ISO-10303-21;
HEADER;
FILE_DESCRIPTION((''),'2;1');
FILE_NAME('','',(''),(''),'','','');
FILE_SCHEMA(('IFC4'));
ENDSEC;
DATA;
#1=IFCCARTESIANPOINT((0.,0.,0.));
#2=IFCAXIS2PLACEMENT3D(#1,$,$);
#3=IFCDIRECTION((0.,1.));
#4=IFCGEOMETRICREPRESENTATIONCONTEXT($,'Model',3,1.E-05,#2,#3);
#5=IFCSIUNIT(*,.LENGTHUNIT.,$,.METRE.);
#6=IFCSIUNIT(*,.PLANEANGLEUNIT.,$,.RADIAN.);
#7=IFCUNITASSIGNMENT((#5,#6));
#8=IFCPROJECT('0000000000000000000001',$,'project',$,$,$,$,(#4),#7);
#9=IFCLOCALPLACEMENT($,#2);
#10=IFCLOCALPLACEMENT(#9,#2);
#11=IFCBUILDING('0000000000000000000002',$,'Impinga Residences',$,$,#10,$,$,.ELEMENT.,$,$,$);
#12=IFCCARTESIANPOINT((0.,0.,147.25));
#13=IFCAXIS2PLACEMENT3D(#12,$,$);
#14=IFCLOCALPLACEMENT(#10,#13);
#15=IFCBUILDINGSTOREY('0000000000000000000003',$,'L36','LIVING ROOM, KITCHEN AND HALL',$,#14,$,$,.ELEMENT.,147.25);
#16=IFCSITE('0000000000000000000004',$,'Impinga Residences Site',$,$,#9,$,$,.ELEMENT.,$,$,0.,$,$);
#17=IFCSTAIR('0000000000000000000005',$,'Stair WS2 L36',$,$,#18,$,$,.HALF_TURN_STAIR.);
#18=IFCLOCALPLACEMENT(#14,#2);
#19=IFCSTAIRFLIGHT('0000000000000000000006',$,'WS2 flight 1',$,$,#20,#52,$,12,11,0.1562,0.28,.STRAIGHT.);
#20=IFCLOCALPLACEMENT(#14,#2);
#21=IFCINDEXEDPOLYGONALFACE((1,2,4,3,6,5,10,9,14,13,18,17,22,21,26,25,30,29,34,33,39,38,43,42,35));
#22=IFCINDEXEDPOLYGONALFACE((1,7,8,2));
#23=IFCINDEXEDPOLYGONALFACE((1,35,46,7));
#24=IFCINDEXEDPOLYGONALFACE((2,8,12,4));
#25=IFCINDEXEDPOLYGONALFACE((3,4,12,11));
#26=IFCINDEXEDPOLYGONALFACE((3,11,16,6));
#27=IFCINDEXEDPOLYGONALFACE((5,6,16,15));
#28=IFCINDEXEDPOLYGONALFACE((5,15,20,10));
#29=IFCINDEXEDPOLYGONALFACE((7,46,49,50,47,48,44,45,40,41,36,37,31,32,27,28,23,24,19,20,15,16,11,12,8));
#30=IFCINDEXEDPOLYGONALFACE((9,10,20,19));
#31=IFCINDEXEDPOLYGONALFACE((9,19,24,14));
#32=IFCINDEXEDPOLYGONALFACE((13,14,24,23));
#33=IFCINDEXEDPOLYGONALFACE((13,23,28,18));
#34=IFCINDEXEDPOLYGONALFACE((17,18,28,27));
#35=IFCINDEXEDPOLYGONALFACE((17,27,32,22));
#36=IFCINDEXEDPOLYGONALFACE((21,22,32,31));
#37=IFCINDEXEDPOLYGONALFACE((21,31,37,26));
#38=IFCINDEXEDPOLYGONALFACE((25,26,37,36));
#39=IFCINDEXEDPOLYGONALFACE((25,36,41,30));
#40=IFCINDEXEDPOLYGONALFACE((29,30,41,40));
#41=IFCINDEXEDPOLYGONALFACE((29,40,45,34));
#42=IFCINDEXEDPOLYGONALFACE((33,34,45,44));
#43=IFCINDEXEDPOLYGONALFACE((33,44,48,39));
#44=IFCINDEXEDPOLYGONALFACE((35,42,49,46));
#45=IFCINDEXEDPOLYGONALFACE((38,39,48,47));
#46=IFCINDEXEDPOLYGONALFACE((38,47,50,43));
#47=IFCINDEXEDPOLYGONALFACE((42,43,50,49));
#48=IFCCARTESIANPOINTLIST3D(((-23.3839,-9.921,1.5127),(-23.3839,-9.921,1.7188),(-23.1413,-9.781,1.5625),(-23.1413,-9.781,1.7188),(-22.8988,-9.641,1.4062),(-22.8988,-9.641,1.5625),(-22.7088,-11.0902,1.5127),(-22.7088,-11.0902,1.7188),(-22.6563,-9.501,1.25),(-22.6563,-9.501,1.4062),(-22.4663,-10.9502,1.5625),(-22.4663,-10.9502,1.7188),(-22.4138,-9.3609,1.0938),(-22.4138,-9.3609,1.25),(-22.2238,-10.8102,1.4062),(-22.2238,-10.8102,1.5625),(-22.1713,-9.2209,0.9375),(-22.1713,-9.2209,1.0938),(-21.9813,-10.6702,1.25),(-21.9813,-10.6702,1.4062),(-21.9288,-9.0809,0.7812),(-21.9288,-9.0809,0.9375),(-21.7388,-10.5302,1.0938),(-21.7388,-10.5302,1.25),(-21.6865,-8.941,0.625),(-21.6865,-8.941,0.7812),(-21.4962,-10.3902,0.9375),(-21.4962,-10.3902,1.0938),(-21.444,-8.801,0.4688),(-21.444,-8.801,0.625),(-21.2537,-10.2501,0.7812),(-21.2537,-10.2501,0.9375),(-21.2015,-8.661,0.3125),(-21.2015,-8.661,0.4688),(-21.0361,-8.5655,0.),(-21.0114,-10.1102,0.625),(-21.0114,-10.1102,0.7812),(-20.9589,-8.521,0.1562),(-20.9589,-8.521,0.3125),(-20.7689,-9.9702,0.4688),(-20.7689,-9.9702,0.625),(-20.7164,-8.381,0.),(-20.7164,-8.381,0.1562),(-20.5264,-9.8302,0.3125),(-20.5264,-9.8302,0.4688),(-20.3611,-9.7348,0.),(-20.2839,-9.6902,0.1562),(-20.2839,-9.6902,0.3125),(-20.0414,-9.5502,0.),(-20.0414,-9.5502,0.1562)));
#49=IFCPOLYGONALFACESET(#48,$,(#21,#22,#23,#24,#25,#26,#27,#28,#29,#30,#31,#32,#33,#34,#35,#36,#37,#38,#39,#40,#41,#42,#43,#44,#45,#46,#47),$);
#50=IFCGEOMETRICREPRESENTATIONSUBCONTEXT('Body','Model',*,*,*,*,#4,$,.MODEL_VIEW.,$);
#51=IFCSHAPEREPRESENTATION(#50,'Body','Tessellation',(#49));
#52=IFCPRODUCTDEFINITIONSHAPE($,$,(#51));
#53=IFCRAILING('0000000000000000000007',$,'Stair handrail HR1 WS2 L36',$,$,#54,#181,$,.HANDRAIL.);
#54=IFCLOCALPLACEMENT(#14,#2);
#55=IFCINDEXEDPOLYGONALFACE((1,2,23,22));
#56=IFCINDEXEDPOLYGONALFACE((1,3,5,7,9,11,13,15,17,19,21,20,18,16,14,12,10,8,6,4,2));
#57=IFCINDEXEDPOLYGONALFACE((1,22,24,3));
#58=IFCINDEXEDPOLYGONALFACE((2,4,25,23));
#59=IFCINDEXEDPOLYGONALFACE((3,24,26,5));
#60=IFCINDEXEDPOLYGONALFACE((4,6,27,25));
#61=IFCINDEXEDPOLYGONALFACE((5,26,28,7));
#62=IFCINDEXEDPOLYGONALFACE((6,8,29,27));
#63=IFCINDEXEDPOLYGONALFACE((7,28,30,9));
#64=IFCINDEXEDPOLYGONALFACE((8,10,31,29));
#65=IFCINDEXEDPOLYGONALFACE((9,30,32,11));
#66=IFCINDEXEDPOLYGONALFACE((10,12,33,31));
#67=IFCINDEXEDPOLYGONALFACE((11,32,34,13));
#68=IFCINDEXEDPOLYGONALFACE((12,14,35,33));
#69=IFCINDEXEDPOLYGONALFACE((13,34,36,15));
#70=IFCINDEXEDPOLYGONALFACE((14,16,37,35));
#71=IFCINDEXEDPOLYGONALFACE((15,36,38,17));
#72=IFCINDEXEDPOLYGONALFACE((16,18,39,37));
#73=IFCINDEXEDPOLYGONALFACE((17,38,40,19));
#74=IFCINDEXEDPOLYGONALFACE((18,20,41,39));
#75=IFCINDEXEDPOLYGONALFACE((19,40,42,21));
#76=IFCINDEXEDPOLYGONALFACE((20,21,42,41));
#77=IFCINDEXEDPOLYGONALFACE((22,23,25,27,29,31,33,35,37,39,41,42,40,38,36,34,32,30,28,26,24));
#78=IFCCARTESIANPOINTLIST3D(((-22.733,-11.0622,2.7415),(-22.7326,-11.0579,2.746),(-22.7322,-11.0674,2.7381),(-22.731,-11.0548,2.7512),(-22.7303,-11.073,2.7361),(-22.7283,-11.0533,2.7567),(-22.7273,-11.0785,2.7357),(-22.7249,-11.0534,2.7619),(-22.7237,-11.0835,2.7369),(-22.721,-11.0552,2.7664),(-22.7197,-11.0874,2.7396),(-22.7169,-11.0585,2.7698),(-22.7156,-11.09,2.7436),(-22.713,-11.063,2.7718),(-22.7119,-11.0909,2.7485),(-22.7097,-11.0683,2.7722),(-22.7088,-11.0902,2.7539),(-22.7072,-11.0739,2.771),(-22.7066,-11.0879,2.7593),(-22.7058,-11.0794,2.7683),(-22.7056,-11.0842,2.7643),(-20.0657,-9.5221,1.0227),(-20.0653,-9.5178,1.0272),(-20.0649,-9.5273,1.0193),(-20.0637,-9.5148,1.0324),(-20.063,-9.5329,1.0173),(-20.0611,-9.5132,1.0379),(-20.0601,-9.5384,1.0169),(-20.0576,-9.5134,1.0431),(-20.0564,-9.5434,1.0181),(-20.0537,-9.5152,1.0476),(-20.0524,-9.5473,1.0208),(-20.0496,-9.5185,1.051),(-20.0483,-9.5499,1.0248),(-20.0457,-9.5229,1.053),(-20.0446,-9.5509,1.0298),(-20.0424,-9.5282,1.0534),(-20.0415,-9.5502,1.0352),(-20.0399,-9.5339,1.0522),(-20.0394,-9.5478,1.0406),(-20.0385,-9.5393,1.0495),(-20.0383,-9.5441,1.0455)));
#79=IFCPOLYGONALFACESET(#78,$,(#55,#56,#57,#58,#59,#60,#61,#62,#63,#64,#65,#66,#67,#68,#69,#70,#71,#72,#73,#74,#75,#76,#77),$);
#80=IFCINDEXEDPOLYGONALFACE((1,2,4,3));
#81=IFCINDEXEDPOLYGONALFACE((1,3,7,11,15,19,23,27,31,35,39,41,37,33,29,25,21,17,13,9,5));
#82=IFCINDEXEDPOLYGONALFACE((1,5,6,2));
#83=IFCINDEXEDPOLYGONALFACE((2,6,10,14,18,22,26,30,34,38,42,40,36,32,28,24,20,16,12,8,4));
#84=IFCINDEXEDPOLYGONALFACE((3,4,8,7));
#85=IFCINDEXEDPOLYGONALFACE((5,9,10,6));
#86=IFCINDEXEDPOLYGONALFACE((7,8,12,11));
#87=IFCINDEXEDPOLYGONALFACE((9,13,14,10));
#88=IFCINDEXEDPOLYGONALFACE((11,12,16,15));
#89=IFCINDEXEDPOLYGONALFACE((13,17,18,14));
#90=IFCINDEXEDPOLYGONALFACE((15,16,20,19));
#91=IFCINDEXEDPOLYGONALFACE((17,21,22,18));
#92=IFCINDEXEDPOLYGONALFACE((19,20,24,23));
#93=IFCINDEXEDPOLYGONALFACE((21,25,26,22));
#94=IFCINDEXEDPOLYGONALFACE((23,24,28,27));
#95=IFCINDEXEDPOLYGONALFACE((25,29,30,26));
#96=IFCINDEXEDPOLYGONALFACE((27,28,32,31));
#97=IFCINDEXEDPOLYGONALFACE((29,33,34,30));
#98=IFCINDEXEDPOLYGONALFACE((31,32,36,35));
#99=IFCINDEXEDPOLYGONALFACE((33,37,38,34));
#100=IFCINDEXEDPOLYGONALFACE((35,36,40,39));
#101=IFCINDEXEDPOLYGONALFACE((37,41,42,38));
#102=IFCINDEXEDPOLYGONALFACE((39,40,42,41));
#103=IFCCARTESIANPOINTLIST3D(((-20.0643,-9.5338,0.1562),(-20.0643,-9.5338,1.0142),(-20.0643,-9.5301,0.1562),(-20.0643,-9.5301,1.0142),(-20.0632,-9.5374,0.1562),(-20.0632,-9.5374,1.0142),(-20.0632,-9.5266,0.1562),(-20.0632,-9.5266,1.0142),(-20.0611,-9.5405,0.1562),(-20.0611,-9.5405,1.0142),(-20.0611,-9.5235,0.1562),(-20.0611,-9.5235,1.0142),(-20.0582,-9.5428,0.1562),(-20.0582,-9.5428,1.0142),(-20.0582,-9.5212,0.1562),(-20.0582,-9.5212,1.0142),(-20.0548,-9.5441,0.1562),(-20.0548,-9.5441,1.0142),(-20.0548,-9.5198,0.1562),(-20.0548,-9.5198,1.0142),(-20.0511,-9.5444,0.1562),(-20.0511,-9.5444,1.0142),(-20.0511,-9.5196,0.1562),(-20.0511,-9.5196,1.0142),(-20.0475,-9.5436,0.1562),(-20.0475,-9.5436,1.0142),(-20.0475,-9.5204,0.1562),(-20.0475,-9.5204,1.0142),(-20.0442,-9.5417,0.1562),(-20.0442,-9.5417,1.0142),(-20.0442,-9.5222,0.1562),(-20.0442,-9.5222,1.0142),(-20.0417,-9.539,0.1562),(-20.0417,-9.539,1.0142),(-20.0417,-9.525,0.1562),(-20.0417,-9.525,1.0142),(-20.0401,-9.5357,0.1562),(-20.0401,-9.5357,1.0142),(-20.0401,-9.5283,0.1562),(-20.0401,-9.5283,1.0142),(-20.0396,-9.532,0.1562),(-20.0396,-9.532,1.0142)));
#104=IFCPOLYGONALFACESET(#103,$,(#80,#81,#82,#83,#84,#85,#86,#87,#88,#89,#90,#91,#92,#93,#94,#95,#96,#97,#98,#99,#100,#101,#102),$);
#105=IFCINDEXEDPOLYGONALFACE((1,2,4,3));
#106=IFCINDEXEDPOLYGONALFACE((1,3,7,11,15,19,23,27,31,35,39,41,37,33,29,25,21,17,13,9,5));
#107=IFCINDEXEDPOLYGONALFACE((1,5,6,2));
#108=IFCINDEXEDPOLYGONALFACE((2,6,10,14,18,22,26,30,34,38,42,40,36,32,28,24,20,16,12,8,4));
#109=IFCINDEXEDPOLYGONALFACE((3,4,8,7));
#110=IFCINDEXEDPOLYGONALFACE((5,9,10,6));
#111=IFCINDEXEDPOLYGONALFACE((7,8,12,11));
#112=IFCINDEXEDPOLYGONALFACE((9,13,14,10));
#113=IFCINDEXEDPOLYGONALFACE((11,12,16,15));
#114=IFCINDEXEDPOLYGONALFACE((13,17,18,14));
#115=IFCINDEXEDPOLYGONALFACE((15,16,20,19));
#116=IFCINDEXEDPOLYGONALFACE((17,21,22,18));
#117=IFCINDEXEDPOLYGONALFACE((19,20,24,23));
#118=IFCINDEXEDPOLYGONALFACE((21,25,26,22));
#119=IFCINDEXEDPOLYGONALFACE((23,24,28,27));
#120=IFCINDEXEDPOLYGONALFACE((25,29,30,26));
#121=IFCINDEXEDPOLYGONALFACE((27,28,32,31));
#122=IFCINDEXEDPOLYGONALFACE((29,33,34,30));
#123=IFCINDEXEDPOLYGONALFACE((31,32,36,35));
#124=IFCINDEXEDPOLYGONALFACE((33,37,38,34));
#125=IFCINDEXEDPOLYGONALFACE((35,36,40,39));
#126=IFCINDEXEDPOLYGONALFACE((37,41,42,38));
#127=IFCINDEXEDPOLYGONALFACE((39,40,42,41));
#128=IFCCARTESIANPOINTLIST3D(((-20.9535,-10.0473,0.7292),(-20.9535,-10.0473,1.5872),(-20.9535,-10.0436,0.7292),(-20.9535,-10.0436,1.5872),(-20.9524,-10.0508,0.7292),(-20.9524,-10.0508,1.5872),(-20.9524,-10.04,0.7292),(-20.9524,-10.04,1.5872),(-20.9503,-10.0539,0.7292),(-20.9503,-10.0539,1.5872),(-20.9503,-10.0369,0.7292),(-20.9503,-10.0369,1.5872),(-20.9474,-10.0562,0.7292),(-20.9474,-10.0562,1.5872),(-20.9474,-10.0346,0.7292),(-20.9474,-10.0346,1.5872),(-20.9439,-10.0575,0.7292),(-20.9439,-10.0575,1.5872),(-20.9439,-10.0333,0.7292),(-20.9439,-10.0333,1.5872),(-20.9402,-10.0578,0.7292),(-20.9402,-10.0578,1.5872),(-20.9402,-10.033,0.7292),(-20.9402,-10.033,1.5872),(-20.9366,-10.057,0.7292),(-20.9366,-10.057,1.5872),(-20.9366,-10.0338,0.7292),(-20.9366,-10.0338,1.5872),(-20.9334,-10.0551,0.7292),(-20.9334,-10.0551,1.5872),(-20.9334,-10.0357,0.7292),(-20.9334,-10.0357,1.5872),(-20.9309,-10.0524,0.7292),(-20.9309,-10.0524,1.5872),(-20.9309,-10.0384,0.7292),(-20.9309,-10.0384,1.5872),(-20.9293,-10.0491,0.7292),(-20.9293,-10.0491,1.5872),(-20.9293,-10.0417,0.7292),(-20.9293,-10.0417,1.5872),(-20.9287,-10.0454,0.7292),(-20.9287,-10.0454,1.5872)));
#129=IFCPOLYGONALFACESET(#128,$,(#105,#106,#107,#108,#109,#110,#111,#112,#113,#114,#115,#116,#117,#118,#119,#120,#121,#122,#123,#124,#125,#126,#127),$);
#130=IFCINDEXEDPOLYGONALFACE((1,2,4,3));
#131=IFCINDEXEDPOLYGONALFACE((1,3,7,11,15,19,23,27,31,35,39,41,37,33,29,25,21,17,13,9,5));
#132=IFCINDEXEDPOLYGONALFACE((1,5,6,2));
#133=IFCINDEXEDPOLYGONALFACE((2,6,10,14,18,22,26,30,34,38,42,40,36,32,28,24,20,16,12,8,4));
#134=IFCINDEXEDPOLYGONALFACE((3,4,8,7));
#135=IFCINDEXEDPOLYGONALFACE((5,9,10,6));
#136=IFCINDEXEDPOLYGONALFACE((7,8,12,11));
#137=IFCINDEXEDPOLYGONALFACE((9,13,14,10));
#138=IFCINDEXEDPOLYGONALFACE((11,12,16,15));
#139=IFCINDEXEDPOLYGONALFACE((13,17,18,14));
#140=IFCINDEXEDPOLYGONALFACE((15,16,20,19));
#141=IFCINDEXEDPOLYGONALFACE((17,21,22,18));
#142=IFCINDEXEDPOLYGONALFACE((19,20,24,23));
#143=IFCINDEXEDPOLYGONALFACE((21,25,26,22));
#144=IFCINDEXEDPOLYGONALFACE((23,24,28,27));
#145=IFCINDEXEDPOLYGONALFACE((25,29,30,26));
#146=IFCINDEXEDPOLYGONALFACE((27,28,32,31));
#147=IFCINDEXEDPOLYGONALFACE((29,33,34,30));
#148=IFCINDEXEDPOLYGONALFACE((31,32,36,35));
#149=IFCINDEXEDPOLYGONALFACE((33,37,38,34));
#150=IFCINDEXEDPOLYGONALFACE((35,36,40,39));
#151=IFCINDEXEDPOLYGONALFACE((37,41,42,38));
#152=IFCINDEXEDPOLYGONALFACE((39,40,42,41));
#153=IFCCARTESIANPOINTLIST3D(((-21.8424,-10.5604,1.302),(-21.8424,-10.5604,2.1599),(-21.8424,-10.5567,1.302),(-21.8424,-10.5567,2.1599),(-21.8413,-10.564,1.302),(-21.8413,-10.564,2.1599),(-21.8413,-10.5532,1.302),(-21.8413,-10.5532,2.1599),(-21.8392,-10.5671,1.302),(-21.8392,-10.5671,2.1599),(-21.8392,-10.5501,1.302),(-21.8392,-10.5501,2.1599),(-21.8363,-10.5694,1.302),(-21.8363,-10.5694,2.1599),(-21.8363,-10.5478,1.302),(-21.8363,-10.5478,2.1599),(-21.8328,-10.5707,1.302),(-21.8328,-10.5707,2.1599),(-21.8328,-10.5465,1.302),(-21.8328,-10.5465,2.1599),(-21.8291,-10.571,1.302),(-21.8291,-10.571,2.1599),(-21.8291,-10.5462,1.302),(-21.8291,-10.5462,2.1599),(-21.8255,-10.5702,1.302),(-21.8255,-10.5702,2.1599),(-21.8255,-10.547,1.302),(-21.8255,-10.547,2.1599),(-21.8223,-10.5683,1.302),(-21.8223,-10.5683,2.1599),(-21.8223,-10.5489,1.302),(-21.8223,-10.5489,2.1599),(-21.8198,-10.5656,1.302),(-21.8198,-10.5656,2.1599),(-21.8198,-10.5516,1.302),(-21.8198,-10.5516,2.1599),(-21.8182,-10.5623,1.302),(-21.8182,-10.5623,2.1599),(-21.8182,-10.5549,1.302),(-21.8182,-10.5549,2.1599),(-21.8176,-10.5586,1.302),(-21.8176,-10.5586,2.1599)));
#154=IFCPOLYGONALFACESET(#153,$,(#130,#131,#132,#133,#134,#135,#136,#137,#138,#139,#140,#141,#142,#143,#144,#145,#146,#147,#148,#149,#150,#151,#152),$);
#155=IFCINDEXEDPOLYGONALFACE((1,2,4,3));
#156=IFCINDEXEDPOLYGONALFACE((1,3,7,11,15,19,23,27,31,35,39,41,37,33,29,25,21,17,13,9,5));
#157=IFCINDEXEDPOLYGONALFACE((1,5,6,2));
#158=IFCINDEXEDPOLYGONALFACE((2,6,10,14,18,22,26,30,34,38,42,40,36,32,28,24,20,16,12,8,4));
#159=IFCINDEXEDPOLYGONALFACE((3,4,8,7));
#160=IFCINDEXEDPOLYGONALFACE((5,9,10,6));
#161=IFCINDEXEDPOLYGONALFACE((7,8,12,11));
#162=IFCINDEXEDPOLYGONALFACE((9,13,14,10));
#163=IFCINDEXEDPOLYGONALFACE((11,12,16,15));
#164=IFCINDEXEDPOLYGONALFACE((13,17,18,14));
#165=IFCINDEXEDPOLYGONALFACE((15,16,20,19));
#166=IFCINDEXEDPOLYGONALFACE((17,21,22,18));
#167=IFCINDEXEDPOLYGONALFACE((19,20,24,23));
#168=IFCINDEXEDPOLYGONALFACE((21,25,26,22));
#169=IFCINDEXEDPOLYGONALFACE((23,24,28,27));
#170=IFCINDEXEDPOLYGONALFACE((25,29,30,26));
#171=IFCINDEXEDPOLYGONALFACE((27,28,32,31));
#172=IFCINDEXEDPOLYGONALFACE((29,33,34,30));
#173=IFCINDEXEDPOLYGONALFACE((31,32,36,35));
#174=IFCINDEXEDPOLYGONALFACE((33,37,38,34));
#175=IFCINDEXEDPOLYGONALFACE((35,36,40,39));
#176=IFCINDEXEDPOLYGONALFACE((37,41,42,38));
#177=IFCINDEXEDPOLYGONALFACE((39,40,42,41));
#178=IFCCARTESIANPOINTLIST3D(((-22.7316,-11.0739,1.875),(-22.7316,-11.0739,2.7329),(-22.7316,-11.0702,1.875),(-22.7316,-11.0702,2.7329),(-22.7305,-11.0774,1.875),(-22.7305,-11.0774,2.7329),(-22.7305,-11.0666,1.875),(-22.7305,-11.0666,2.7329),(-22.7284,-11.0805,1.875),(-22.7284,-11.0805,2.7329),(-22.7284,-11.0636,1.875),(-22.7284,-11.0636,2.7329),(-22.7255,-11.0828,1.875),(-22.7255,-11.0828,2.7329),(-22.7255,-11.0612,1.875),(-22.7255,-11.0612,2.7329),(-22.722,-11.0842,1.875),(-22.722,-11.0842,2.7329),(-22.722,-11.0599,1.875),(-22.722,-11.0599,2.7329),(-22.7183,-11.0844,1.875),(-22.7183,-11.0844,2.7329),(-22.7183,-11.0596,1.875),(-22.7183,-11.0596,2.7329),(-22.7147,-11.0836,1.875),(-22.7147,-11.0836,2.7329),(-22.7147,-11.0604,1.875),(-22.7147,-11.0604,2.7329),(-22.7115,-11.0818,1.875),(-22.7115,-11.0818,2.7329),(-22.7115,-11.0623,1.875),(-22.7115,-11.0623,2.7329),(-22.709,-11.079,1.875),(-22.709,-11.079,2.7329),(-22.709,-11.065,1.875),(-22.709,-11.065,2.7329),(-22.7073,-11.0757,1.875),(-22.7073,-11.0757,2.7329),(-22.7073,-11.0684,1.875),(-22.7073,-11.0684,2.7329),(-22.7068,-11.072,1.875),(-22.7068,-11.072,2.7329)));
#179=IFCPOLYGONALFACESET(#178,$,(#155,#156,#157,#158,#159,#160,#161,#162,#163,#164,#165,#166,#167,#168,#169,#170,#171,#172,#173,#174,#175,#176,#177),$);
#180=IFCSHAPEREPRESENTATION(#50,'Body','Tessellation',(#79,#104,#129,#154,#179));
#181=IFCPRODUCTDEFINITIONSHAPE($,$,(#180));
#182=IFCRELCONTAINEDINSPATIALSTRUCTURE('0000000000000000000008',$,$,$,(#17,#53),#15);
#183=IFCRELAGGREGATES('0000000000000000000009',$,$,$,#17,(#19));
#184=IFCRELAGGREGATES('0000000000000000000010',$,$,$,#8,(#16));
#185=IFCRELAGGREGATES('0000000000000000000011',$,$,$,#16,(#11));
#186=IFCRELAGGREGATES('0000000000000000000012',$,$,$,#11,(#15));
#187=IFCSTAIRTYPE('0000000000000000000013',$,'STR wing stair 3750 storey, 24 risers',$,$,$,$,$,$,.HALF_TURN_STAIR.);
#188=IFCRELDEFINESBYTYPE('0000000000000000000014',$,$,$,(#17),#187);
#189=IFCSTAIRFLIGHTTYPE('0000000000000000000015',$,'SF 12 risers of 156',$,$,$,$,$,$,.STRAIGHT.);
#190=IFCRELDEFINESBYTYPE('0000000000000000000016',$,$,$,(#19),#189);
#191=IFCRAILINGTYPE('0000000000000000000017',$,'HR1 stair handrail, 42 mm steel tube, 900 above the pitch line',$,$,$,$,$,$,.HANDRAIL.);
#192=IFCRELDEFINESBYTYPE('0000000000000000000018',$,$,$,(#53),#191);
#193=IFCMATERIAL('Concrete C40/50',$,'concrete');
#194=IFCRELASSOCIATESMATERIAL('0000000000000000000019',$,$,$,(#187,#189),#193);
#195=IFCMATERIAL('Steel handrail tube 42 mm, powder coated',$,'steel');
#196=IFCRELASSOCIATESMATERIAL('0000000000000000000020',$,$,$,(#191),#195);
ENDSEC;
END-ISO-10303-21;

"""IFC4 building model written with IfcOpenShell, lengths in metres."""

from ifc_helpers import new_model, si_unit, direction, frame, origin, origin_2d, place, context, subcontext, project, spatial, polyline, circle, outline, extrude, material, type_object, element, aggregate, save


model = new_model("IFC4")

# Units and contexts
model_context = context("Model", 3, precision=1e-05, world=origin(), true_north=direction((0.0, 1.0)))
body_context = subcontext(model_context, "Body", "Model", "MODEL_VIEW")
ifc_project = project(units=[si_unit("LENGTHUNIT", "METRE"), si_unit("PLANEANGLEUNIT", "RADIAN")], contexts=[model_context])

# Site, building, storey
site_placement = place(None, origin())
site = spatial("IfcSite", under=ifc_project, at=site_placement, Name="Impinga Residences Site", CompositionType="ELEMENT", RefElevation=0.0)
building_placement = place(site_placement, origin())
building = spatial("IfcBuilding", under=site, at=building_placement, Name="Impinga Residences", CompositionType="ELEMENT")
storey_placement = place(building_placement, frame((0.0, 0.0, 147.25)))
storey = spatial("IfcBuildingStorey", under=building, at=storey_placement, Name="L36", Description="LIVING ROOM, KITCHEN AND HALL", CompositionType="ELEMENT", Elevation=147.25)

# Stair, stair flight
ifc_material_1 = material(Name="Concrete C40/50", Category="concrete")
stair_type = type_object("IfcStairType", Name="STR wing stair 3750 storey, 24 risers", PredefinedType="HALF_TURN_STAIR", material=ifc_material_1)
stair_placement = place(storey_placement, origin())
stair = element("IfcStair", 1, at=stair_placement, inside=storey, type_object=stair_type, Name="Stair WS2 L36", PredefinedType="HALF_TURN_STAIR")
stair_flight_type = type_object("IfcStairFlightType", Name="SF 12 risers of 156", PredefinedType="STRAIGHT", material=ifc_material_1)
stair_flight_placement = place(storey_placement, frame((-20.3789, -8.9656, 0.0), z_axis=(0.0, 0.0, 1.0), x_axis=(-0.866025, -0.5, 0.0)))
stair_flight = element("IfcStairFlight", 2, at=stair_flight_placement, type_object=stair_flight_type, Name="WS2 flight 1", NumberOfRisers=12, NumberOfTreads=11, PredefinedType="STRAIGHT", RiserHeight=0.1562, TreadLength=0.28, context=body_context, shape_type="SweptSolid", body=[
    extrude(outline(polyline([(0.0, 0.0), (0.0, 0.1562), (0.28, 0.1562), (0.28, 0.3125), (0.5601, 0.3125), (0.5601, 0.4688), (0.8401, 0.4688), (0.8401, 0.625), (1.1201, 0.625), (1.1201, 0.7812), (1.3999, 0.7812), (1.3999, 0.9375), (1.6799, 0.9375), (1.6799, 1.0938), (1.96, 1.0938), (1.96, 1.25), (2.24, 1.25), (2.24, 1.4062), (2.52, 1.4062), (2.52, 1.5625), (2.8, 1.5625), (2.8, 1.7188), (3.0801, 1.7188), (3.0801, 1.875), (3.0801, 1.5127), (0.3691, 0.0), (0.0, 0.0)])), frame((0.0, 0.675, 0.0), z_axis=(0.0, -1.0, 0.0), x_axis=(1.0, 0.0, 0.0)), (0.0, 0.0, 1.0), 1.3501),
])
aggregate(stair, [stair_flight])

# Railing
ifc_material_2 = material(Name="Steel handrail tube 42 mm, powder coated", Category="steel")
railing_type = type_object("IfcRailingType", Name="HR1 stair handrail, 42 mm steel tube, 900 above the pitch line", PredefinedType="HANDRAIL", material=ifc_material_2)
railing_placement = place(storey_placement, frame((-20.052, -9.532, 0.1562)))
element("IfcRailing", 3, at=railing_placement, inside=storey, type_object=railing_type, Name="Stair handrail HR1 WS2 L36", PredefinedType="HANDRAIL", context=body_context, shape_type="SweptSolid", body=[
    extrude(circle(Radius=0.021, at=origin_2d()), frame((0.0, 0.0, 0.8789), z_axis=(-0.756226, -0.436639, 0.487307), x_axis=(0.500027, -0.86601, 0.0)), (0.0, 0.0, 1.0), 3.5271),
    extrude(circle(Radius=0.0125, at=origin_2d()), origin(), (0.0, 0.0, 1.0), 0.8579),
    extrude(circle(Radius=0.0125, at=origin_2d()), frame((-0.8892, -0.5134, 0.573)), (0.0, 0.0, 1.0), 0.8579),
    extrude(circle(Radius=0.0125, at=origin_2d()), frame((-1.7781, -1.0266, 1.1458)), (0.0, 0.0, 1.0), 0.8579),
    extrude(circle(Radius=0.0125, at=origin_2d()), frame((-2.6672, -1.54, 1.7188)), (0.0, 0.0, 1.0), 0.8579),
])

save(model, "model.ifc")
